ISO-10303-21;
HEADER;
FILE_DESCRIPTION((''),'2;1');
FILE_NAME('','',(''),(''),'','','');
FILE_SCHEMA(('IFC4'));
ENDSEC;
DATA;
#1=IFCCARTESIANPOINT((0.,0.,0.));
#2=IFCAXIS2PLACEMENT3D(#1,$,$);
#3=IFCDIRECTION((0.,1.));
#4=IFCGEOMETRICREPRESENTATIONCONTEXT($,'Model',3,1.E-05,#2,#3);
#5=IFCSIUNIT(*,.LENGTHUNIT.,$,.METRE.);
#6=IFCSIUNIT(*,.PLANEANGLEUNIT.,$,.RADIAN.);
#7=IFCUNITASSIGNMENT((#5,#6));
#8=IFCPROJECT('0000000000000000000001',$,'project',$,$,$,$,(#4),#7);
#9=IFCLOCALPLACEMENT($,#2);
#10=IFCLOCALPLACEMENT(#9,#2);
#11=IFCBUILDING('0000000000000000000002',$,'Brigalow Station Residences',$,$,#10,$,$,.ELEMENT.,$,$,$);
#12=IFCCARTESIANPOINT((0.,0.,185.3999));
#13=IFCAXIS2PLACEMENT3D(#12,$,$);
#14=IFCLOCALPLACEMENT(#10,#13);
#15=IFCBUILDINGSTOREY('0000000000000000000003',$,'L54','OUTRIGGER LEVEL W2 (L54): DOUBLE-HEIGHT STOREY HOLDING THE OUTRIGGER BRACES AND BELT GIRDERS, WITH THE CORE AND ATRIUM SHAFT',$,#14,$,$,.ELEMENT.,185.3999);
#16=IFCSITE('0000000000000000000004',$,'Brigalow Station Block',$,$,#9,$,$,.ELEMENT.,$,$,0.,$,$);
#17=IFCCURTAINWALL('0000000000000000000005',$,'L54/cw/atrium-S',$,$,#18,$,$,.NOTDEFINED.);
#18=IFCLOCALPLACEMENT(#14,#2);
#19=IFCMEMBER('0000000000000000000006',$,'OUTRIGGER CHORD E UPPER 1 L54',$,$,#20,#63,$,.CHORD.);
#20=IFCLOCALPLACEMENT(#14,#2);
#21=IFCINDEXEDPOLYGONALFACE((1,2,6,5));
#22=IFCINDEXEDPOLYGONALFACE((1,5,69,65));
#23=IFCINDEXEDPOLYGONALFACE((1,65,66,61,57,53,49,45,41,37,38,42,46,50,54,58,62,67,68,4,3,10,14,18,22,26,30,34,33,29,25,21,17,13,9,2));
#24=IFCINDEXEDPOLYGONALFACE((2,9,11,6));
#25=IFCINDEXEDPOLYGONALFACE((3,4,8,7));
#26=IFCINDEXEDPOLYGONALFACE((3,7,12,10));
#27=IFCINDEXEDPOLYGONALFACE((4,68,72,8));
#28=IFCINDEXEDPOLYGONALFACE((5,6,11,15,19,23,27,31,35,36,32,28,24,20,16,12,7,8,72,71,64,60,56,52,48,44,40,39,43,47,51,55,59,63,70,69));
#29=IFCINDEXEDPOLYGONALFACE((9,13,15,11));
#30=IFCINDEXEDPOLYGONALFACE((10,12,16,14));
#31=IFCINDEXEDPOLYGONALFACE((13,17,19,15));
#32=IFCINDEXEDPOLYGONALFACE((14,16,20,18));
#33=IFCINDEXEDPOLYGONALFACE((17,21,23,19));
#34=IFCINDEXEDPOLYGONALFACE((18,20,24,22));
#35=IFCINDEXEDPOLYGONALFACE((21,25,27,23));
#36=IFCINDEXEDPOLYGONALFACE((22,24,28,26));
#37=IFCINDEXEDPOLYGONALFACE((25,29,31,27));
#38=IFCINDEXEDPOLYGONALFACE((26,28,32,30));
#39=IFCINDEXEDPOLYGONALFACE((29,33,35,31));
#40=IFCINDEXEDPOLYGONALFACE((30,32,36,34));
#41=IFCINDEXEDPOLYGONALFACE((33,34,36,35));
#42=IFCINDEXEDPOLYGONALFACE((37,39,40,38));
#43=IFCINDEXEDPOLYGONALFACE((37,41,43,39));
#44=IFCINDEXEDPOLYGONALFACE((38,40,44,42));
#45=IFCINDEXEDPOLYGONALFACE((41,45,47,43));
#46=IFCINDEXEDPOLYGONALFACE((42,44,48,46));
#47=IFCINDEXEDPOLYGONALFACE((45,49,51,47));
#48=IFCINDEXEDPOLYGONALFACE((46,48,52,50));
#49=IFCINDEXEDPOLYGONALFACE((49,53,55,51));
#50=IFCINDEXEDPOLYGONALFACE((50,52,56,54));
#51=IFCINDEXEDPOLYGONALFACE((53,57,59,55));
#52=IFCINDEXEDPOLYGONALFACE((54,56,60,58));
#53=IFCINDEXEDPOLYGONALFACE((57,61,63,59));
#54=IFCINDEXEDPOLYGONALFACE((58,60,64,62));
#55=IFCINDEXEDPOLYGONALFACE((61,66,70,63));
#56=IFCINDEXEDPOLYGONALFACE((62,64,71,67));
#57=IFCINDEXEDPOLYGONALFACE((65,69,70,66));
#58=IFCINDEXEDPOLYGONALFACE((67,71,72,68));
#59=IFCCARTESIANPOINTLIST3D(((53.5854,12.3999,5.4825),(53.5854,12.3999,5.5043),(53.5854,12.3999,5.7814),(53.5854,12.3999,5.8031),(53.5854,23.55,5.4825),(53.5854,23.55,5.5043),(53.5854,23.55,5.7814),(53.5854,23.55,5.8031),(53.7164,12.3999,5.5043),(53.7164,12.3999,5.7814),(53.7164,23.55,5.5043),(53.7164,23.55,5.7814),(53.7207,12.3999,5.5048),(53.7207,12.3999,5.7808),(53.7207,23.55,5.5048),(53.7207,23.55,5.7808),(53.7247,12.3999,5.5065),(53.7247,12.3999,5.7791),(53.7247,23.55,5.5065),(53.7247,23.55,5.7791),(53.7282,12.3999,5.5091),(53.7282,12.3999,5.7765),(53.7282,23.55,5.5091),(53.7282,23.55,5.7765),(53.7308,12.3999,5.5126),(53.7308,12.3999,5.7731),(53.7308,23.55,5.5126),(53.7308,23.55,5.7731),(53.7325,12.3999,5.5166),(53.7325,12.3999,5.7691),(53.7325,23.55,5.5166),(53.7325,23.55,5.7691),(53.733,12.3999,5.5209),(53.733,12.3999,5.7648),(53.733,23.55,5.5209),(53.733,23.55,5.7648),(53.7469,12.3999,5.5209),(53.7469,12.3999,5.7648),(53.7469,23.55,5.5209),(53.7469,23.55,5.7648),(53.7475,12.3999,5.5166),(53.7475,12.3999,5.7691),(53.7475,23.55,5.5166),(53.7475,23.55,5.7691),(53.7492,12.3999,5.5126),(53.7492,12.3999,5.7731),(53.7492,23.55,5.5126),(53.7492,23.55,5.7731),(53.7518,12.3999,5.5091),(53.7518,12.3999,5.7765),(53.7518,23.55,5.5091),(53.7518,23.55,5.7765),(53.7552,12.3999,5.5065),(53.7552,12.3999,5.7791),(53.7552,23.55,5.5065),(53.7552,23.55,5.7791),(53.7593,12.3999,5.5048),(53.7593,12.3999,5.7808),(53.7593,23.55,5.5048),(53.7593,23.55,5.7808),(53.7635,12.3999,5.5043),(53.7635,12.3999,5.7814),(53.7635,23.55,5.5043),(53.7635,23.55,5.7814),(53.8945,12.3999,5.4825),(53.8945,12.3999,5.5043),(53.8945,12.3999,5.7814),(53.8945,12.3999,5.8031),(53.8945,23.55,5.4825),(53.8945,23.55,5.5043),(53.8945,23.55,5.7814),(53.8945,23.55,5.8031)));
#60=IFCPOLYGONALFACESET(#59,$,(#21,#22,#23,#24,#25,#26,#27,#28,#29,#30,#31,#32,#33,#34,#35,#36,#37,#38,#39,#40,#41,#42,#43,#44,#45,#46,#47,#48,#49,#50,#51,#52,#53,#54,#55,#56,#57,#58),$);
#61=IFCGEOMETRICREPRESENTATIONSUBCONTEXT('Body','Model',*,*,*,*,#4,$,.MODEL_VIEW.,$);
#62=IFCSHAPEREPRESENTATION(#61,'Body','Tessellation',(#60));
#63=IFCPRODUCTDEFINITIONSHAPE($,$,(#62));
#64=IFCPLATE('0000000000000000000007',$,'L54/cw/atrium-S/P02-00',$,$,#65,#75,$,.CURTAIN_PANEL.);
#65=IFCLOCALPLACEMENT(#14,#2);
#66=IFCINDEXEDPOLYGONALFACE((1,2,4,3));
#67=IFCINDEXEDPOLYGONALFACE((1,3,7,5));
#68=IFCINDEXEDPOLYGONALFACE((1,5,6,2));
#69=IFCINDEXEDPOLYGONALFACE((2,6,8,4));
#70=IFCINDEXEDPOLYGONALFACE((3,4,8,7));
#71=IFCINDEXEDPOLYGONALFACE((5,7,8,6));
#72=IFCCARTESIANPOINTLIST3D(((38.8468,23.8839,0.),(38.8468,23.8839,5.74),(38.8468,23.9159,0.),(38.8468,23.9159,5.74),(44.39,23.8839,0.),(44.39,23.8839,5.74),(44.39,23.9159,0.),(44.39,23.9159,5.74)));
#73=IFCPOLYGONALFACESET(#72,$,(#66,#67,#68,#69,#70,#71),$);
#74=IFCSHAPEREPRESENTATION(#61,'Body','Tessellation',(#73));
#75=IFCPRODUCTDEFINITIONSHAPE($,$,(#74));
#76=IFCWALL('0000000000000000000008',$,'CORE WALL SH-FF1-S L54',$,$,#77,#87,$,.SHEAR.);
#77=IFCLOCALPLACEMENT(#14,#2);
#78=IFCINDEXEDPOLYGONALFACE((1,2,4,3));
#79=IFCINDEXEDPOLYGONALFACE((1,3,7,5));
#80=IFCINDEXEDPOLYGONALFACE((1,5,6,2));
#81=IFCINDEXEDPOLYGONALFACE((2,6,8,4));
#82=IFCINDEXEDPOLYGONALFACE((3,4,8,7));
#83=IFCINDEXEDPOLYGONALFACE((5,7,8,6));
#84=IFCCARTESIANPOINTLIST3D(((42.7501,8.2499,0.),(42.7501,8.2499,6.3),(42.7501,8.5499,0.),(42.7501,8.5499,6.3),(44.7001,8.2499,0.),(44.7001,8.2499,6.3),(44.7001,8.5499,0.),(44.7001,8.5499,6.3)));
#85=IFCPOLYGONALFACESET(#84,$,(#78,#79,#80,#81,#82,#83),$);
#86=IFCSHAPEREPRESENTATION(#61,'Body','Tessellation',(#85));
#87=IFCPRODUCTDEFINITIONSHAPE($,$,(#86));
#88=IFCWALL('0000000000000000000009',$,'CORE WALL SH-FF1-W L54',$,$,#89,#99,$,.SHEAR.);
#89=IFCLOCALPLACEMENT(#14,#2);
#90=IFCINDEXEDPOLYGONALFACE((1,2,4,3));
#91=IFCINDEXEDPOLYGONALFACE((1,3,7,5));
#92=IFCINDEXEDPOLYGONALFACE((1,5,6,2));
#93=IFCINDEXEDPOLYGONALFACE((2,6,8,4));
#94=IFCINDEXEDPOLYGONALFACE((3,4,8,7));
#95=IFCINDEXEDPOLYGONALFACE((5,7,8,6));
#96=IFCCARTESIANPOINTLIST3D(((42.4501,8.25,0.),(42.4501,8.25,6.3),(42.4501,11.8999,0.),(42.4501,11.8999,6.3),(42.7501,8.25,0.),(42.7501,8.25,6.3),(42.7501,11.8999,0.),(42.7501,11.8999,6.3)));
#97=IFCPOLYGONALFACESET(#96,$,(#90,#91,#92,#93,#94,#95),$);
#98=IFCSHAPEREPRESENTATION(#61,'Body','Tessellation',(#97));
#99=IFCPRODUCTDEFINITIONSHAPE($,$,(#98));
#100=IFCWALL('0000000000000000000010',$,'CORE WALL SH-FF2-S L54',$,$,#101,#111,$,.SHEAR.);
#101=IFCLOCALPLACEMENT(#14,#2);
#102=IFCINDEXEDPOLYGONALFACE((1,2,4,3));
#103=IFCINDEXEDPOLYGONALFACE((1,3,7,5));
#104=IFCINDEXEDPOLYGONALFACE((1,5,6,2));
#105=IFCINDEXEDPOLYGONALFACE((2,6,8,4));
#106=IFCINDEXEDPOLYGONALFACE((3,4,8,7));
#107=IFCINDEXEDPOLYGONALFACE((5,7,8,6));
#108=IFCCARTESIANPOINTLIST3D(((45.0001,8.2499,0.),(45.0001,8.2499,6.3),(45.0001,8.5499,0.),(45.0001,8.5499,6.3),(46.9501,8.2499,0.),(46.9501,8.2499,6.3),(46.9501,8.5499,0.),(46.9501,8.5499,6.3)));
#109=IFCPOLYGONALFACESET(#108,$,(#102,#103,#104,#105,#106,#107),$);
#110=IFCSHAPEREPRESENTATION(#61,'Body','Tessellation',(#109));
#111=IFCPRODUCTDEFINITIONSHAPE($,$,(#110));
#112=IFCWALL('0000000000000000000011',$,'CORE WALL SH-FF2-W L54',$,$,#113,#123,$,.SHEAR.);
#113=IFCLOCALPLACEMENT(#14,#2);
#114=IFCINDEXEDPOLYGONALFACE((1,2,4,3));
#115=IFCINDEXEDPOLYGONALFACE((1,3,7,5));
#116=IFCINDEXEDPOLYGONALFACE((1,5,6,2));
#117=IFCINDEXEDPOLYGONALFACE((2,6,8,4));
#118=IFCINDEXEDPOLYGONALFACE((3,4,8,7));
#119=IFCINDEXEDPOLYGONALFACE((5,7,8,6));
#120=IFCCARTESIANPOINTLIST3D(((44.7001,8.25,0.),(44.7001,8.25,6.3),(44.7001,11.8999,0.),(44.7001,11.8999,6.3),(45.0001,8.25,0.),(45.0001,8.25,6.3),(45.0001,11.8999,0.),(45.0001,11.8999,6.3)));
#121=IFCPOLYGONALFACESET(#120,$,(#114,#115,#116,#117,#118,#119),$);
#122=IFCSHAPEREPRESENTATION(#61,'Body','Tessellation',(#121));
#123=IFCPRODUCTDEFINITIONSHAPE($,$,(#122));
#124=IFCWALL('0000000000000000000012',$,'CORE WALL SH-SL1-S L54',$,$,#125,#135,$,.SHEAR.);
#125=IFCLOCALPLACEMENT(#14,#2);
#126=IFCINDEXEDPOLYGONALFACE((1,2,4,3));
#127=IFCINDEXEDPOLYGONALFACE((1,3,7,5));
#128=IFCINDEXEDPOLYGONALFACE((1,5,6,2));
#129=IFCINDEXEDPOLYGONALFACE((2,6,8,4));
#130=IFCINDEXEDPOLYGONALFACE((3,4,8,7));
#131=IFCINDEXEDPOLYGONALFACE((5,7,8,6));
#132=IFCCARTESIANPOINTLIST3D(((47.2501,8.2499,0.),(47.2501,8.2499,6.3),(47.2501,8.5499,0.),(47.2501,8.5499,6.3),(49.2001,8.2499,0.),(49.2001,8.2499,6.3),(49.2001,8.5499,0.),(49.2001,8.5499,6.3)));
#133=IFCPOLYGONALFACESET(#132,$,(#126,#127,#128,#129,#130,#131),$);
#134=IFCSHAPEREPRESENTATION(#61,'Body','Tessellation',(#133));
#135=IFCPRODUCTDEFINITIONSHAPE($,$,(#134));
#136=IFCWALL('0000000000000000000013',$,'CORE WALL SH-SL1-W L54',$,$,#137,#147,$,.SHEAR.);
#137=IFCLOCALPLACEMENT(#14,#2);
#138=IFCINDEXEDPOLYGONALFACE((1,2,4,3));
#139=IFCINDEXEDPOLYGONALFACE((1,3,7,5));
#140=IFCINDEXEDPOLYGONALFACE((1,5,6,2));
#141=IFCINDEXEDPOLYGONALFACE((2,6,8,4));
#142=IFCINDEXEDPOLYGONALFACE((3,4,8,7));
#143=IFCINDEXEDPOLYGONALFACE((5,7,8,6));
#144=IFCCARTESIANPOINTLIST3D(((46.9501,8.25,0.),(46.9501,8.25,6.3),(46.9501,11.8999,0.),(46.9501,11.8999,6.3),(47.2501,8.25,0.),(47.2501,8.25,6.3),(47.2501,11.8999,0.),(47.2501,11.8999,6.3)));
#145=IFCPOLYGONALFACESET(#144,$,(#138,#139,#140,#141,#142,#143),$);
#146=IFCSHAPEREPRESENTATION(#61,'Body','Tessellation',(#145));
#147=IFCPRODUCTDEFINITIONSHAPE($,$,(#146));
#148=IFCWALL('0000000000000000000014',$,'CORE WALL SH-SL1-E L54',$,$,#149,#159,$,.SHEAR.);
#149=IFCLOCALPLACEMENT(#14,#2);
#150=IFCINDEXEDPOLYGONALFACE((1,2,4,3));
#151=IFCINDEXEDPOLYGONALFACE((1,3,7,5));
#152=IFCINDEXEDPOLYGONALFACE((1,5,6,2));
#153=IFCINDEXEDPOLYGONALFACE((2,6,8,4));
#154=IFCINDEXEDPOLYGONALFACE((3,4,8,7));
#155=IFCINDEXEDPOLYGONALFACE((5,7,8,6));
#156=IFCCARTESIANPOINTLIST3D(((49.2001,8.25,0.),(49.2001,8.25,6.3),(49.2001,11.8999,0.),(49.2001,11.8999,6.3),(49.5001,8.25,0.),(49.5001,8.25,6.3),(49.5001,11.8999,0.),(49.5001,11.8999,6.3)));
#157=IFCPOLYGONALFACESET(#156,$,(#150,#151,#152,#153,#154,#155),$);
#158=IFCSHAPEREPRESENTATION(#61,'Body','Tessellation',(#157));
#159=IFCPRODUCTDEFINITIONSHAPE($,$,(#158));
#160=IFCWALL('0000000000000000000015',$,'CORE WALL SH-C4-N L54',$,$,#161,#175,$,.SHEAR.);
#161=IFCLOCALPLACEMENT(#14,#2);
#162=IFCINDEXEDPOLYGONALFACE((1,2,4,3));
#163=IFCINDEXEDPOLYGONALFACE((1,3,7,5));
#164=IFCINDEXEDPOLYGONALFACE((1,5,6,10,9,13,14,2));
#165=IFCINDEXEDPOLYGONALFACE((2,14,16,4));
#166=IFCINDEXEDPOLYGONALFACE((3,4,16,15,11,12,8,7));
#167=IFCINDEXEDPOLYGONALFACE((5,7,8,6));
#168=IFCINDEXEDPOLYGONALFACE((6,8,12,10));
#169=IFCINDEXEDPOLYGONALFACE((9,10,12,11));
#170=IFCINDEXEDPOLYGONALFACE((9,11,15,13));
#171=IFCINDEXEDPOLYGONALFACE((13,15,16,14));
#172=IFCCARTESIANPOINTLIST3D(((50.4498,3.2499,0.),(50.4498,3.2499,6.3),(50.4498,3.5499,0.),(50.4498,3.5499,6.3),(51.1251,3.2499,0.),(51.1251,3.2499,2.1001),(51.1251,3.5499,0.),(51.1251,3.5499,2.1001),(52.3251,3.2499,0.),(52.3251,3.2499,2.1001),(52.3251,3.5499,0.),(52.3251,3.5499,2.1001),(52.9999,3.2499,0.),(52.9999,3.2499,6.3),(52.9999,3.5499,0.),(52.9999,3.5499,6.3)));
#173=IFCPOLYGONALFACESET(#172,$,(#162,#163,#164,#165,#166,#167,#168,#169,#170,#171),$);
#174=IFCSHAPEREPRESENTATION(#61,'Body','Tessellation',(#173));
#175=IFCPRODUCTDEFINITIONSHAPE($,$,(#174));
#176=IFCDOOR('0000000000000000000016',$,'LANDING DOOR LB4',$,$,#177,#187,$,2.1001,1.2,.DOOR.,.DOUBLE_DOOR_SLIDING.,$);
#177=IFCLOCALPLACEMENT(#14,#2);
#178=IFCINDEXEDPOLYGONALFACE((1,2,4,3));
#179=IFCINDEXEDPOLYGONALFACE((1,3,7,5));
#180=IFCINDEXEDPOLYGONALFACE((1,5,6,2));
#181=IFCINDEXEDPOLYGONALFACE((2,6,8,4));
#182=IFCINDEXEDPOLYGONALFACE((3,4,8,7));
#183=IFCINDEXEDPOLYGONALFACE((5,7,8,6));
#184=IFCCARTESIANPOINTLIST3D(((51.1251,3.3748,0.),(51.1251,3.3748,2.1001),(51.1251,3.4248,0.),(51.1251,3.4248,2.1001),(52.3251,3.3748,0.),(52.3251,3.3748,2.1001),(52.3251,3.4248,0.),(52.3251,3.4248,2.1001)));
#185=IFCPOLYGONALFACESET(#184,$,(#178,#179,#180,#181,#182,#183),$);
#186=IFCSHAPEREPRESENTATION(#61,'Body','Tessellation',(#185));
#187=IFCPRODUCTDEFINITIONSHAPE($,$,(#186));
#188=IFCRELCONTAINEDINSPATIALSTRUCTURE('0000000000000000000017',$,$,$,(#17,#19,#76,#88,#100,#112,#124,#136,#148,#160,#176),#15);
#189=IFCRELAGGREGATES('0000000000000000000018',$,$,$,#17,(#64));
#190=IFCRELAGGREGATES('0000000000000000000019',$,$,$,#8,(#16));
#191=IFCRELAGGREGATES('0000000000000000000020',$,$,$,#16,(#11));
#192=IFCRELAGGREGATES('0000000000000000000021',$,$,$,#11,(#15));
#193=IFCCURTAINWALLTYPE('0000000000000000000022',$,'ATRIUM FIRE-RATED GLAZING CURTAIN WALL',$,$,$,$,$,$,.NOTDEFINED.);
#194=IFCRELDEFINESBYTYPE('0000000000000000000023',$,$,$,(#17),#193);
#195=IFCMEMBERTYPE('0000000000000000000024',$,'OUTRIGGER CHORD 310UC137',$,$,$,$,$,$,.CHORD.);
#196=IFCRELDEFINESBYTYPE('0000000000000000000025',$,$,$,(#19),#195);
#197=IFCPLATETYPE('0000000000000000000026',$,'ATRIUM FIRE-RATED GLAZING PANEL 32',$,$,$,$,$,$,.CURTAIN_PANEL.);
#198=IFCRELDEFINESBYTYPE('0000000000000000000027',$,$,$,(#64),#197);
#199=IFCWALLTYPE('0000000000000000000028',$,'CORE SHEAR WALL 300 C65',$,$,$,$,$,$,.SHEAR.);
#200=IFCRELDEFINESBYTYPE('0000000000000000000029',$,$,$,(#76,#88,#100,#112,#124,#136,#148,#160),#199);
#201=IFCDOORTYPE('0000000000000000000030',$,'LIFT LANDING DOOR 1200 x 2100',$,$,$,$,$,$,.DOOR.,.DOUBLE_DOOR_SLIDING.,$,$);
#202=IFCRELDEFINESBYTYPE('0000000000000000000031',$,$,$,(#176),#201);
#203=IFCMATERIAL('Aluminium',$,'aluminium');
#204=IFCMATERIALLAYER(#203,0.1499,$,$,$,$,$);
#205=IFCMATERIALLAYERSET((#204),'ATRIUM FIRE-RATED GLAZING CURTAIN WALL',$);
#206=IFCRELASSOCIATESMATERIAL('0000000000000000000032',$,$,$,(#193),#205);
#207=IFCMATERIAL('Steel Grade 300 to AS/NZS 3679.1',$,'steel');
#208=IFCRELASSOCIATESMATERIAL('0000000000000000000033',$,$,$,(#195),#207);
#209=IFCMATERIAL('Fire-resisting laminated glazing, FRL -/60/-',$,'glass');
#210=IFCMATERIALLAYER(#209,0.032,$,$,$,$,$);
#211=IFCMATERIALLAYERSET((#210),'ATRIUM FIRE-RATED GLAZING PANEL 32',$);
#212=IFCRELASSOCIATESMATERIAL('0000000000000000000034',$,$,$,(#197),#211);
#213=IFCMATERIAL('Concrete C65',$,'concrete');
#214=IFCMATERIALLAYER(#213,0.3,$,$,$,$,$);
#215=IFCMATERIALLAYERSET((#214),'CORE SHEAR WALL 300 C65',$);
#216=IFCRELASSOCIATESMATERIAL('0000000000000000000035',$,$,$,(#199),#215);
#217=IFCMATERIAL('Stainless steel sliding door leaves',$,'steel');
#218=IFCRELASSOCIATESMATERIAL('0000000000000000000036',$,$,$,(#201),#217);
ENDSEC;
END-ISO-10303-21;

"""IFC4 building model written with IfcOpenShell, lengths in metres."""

from ifc_helpers import new_model, si_unit, direction, frame, frame_2d, origin, origin_2d, place, context, subcontext, project, spatial, rectangle, i_section, extrude, material, layer, layer_set, material_profile, profile_set, type_object, element, fill, aggregate, save


model = new_model("IFC4")

# Units and contexts
model_context = context("Model", 3, precision=1e-05, world=origin(), true_north=direction((0.0, 1.0)))
body_context = subcontext(model_context, "Body", "Model", "MODEL_VIEW")
ifc_project = project(units=[si_unit("LENGTHUNIT", "METRE"), si_unit("PLANEANGLEUNIT", "RADIAN")], contexts=[model_context])

# Site, building, storey
site_placement = place(None, origin())
site = spatial("IfcSite", under=ifc_project, at=site_placement, Name="Brigalow Station Block", CompositionType="ELEMENT", RefElevation=0.0)
building_placement = place(site_placement, origin())
building = spatial("IfcBuilding", under=site, at=building_placement, Name="Brigalow Station Residences", CompositionType="ELEMENT")
storey_placement = place(building_placement, frame((0.0, 0.0, 185.3999)))
storey = spatial("IfcBuildingStorey", under=building, at=storey_placement, Name="L54", Description="OUTRIGGER LEVEL W2 (L54): DOUBLE-HEIGHT STOREY HOLDING THE OUTRIGGER BRACES AND BELT GIRDERS, WITH THE CORE AND ATRIUM SHAFT", CompositionType="ELEMENT", Elevation=185.3999)

# Curtain wall
ifc_material_1 = material(Name="Aluminium", Category="aluminium")
ifc_layer_1 = layer(ifc_material_1, 0.1499)
ifc_layer_set_1 = layer_set([ifc_layer_1], Name="ATRIUM FIRE-RATED GLAZING CURTAIN WALL")
curtain_wall_type = type_object("IfcCurtainWallType", Name="ATRIUM FIRE-RATED GLAZING CURTAIN WALL", PredefinedType="NOTDEFINED", material=ifc_layer_set_1)
curtain_wall_placement = place(storey_placement, origin())
curtain_wall = element("IfcCurtainWall", 1, at=curtain_wall_placement, inside=storey, type_object=curtain_wall_type, Name="L54/cw/atrium-S", PredefinedType="NOTDEFINED")

# Member
ifc_material_2 = material(Name="Steel Grade 300 to AS/NZS 3679.1", Category="steel")
ifc_material_profile_1 = material_profile(ifc_material_2, i_section(OverallWidth=0.3091, OverallDepth=0.3206, WebThickness=0.0139, FlangeThickness=0.0217, FilletRadius=0.0166, at=origin_2d()), Name="310UC137")
ifc_profile_set_1 = profile_set([ifc_material_profile_1], Name="Steel Grade 300 to AS/NZS 3679.1")
member_type_1 = type_object("IfcMemberType", Name="OUTRIGGER CHORD 310UC137", PredefinedType="CHORD", material=ifc_profile_set_1)
for number, where, z_axis, x_axis, name in (
    (2, (53.74, 12.3999, 5.6428), (0.0, 1.0, 0.0), (-1.0, 0.0, 0.0), "OUTRIGGER CHORD E UPPER 1 L54"),
):
    element("IfcMember", number, at=place(storey_placement, frame(where, z_axis=z_axis, x_axis=x_axis)), inside=storey, type_object=member_type_1, Name=name, PredefinedType="CHORD", context=body_context, shape_type="SweptSolid", body=[
        extrude(i_section(OverallWidth=0.3091, OverallDepth=0.3206, WebThickness=0.0139, FlangeThickness=0.0217, FilletRadius=0.0166, at=origin_2d()), origin(), (0.0, 0.0, 1.0), 11.1501),
    ])

# Plate
ifc_material_3 = material(Name="Fire-resisting laminated glazing, FRL -/60/-", Category="glass")
ifc_layer_2 = layer(ifc_material_3, 0.032)
ifc_layer_set_2 = layer_set([ifc_layer_2], Name="ATRIUM FIRE-RATED GLAZING PANEL 32")
plate_type = type_object("IfcPlateType", Name="ATRIUM FIRE-RATED GLAZING PANEL 32", PredefinedType="CURTAIN_PANEL", material=ifc_layer_set_2)
plate_placement = place(storey_placement, frame((41.6184, 23.8999, 0.0), z_axis=(0.0, 0.0, 1.0), x_axis=(1.0, 0.0, 0.0)))
plate = element("IfcPlate", 3, at=plate_placement, type_object=plate_type, Name="L54/cw/atrium-S/P02-00", PredefinedType="CURTAIN_PANEL", context=body_context, shape_type="SweptSolid", body=[
    extrude(rectangle(XDim=5.5432, YDim=0.032, at=origin_2d()), origin(), (0.0, 0.0, 1.0), 5.74),
])
aggregate(curtain_wall, [plate])

# Walls
ifc_material_4 = material(Name="Concrete C65", Category="concrete")
ifc_layer_3 = layer(ifc_material_4, 0.3)
ifc_layer_set_3 = layer_set([ifc_layer_3], Name="CORE SHEAR WALL 300 C65")
wall_type_1 = type_object("IfcWallType", Name="CORE SHEAR WALL 300 C65", PredefinedType="SHEAR", material=ifc_layer_set_3)
wall_1_placement = place(storey_placement, frame((42.75, 8.3999, 0.0), z_axis=(0.0, 0.0, 1.0), x_axis=(1.0, 0.0, 0.0)))
element("IfcWall", 4, at=wall_1_placement, inside=storey, type_object=wall_type_1, Name="CORE WALL SH-FF1-S L54", PredefinedType="SHEAR", context=body_context, shape_type="SweptSolid", body=[
    extrude(rectangle(XDim=1.95, YDim=0.3, at=frame_2d((0.9751, 0.0))), origin(), (0.0, 0.0, 1.0), 6.3),
])
wall_2_placement = place(storey_placement, frame((42.6001, 8.25, 0.0), z_axis=(0.0, 0.0, 1.0), x_axis=(0.0, 1.0, 0.0)))
element("IfcWall", 5, at=wall_2_placement, inside=storey, type_object=wall_type_1, Name="CORE WALL SH-FF1-W L54", PredefinedType="SHEAR", context=body_context, shape_type="SweptSolid", body=[
    extrude(rectangle(XDim=3.6499, YDim=0.3, at=frame_2d((1.825, 0.0))), origin(), (0.0, 0.0, 1.0), 6.3),
])
wall_3_placement = place(storey_placement, frame((45.0, 8.3999, 0.0), z_axis=(0.0, 0.0, 1.0), x_axis=(1.0, 0.0, 0.0)))
element("IfcWall", 6, at=wall_3_placement, inside=storey, type_object=wall_type_1, Name="CORE WALL SH-FF2-S L54", PredefinedType="SHEAR", context=body_context, shape_type="SweptSolid", body=[
    extrude(rectangle(XDim=1.95, YDim=0.3, at=frame_2d((0.9751, 0.0))), origin(), (0.0, 0.0, 1.0), 6.3),
])
wall_4_placement = place(storey_placement, frame((44.8501, 8.25, 0.0), z_axis=(0.0, 0.0, 1.0), x_axis=(0.0, 1.0, 0.0)))
element("IfcWall", 7, at=wall_4_placement, inside=storey, type_object=wall_type_1, Name="CORE WALL SH-FF2-W L54", PredefinedType="SHEAR", context=body_context, shape_type="SweptSolid", body=[
    extrude(rectangle(XDim=3.6499, YDim=0.3, at=frame_2d((1.825, 0.0))), origin(), (0.0, 0.0, 1.0), 6.3),
])
wall_5_placement = place(storey_placement, frame((47.25, 8.3999, 0.0), z_axis=(0.0, 0.0, 1.0), x_axis=(1.0, 0.0, 0.0)))
element("IfcWall", 8, at=wall_5_placement, inside=storey, type_object=wall_type_1, Name="CORE WALL SH-SL1-S L54", PredefinedType="SHEAR", context=body_context, shape_type="SweptSolid", body=[
    extrude(rectangle(XDim=1.95, YDim=0.3, at=frame_2d((0.9751, 0.0))), origin(), (0.0, 0.0, 1.0), 6.3),
])
for number, where, z_axis, x_axis, name in (
    (9, (47.1001, 8.25, 0.0), (0.0, 0.0, 1.0), (0.0, 1.0, 0.0), "CORE WALL SH-SL1-W L54"),
    (10, (49.3501, 8.25, 0.0), (0.0, 0.0, 1.0), (0.0, 1.0, 0.0), "CORE WALL SH-SL1-E L54"),
):
    element("IfcWall", number, at=place(storey_placement, frame(where, z_axis=z_axis, x_axis=x_axis)), inside=storey, type_object=wall_type_1, Name=name, PredefinedType="SHEAR", context=body_context, shape_type="SweptSolid", body=[
        extrude(rectangle(XDim=3.6499, YDim=0.3, at=frame_2d((1.825, 0.0))), origin(), (0.0, 0.0, 1.0), 6.3),
    ])

# Wall, opening, door
wall_6_placement = place(storey_placement, frame((50.45, 3.3999, 0.0), z_axis=(0.0, 0.0, 1.0), x_axis=(1.0, 0.0, 0.0)))
wall_6 = element("IfcWall", 11, at=wall_6_placement, inside=storey, type_object=wall_type_1, Name="CORE WALL SH-C4-N L54", PredefinedType="SHEAR", context=body_context, shape_type="SweptSolid", body=[
    extrude(rectangle(XDim=2.55, YDim=0.3, at=frame_2d((1.2749, 0.0))), origin(), (0.0, 0.0, 1.0), 6.3),
])
opening_1_placement = place(wall_6_placement, frame((0.675, 0.0, 0.0)))
opening_1 = element("IfcOpeningElement", 12, at=opening_1_placement, cuts=wall_6, PredefinedType="OPENING", context=body_context, shape_type="SweptSolid", body=[
    extrude(rectangle(XDim=1.2, YDim=2.1001, at=frame_2d((0.6001, 1.05))), frame((0.0, 0.1602, 0.0), z_axis=(0.0, -1.0, 0.0), x_axis=(1.0, 0.0, 0.0)), (0.0, 0.0, 1.0), 0.3201),
])
ifc_material_5 = material(Name="Stainless steel sliding door leaves", Category="steel")
door_type_1 = type_object("IfcDoorType", Name="LIFT LANDING DOOR 1200 x 2100", OperationType="DOUBLE_DOOR_SLIDING", PredefinedType="DOOR", material=ifc_material_5)
door_1_placement = place(opening_1_placement, origin())
door_1 = element("IfcDoor", 13, at=door_1_placement, inside=storey, type_object=door_type_1, Name="LANDING DOOR LB4", OperationType="DOUBLE_DOOR_SLIDING", OverallHeight=2.1001, OverallWidth=1.2, PredefinedType="DOOR", context=body_context, shape_type="SweptSolid", body=[
    extrude(rectangle(XDim=1.2, YDim=2.1001, at=frame_2d((0.6001, 1.05))), frame((0.0, 0.0249, 0.0), z_axis=(0.0, -1.0, 0.0), x_axis=(1.0, 0.0, 0.0)), (0.0, 0.0, 1.0), 0.05),
])
fill(opening_1, door_1)

save(model, "model.ifc")
